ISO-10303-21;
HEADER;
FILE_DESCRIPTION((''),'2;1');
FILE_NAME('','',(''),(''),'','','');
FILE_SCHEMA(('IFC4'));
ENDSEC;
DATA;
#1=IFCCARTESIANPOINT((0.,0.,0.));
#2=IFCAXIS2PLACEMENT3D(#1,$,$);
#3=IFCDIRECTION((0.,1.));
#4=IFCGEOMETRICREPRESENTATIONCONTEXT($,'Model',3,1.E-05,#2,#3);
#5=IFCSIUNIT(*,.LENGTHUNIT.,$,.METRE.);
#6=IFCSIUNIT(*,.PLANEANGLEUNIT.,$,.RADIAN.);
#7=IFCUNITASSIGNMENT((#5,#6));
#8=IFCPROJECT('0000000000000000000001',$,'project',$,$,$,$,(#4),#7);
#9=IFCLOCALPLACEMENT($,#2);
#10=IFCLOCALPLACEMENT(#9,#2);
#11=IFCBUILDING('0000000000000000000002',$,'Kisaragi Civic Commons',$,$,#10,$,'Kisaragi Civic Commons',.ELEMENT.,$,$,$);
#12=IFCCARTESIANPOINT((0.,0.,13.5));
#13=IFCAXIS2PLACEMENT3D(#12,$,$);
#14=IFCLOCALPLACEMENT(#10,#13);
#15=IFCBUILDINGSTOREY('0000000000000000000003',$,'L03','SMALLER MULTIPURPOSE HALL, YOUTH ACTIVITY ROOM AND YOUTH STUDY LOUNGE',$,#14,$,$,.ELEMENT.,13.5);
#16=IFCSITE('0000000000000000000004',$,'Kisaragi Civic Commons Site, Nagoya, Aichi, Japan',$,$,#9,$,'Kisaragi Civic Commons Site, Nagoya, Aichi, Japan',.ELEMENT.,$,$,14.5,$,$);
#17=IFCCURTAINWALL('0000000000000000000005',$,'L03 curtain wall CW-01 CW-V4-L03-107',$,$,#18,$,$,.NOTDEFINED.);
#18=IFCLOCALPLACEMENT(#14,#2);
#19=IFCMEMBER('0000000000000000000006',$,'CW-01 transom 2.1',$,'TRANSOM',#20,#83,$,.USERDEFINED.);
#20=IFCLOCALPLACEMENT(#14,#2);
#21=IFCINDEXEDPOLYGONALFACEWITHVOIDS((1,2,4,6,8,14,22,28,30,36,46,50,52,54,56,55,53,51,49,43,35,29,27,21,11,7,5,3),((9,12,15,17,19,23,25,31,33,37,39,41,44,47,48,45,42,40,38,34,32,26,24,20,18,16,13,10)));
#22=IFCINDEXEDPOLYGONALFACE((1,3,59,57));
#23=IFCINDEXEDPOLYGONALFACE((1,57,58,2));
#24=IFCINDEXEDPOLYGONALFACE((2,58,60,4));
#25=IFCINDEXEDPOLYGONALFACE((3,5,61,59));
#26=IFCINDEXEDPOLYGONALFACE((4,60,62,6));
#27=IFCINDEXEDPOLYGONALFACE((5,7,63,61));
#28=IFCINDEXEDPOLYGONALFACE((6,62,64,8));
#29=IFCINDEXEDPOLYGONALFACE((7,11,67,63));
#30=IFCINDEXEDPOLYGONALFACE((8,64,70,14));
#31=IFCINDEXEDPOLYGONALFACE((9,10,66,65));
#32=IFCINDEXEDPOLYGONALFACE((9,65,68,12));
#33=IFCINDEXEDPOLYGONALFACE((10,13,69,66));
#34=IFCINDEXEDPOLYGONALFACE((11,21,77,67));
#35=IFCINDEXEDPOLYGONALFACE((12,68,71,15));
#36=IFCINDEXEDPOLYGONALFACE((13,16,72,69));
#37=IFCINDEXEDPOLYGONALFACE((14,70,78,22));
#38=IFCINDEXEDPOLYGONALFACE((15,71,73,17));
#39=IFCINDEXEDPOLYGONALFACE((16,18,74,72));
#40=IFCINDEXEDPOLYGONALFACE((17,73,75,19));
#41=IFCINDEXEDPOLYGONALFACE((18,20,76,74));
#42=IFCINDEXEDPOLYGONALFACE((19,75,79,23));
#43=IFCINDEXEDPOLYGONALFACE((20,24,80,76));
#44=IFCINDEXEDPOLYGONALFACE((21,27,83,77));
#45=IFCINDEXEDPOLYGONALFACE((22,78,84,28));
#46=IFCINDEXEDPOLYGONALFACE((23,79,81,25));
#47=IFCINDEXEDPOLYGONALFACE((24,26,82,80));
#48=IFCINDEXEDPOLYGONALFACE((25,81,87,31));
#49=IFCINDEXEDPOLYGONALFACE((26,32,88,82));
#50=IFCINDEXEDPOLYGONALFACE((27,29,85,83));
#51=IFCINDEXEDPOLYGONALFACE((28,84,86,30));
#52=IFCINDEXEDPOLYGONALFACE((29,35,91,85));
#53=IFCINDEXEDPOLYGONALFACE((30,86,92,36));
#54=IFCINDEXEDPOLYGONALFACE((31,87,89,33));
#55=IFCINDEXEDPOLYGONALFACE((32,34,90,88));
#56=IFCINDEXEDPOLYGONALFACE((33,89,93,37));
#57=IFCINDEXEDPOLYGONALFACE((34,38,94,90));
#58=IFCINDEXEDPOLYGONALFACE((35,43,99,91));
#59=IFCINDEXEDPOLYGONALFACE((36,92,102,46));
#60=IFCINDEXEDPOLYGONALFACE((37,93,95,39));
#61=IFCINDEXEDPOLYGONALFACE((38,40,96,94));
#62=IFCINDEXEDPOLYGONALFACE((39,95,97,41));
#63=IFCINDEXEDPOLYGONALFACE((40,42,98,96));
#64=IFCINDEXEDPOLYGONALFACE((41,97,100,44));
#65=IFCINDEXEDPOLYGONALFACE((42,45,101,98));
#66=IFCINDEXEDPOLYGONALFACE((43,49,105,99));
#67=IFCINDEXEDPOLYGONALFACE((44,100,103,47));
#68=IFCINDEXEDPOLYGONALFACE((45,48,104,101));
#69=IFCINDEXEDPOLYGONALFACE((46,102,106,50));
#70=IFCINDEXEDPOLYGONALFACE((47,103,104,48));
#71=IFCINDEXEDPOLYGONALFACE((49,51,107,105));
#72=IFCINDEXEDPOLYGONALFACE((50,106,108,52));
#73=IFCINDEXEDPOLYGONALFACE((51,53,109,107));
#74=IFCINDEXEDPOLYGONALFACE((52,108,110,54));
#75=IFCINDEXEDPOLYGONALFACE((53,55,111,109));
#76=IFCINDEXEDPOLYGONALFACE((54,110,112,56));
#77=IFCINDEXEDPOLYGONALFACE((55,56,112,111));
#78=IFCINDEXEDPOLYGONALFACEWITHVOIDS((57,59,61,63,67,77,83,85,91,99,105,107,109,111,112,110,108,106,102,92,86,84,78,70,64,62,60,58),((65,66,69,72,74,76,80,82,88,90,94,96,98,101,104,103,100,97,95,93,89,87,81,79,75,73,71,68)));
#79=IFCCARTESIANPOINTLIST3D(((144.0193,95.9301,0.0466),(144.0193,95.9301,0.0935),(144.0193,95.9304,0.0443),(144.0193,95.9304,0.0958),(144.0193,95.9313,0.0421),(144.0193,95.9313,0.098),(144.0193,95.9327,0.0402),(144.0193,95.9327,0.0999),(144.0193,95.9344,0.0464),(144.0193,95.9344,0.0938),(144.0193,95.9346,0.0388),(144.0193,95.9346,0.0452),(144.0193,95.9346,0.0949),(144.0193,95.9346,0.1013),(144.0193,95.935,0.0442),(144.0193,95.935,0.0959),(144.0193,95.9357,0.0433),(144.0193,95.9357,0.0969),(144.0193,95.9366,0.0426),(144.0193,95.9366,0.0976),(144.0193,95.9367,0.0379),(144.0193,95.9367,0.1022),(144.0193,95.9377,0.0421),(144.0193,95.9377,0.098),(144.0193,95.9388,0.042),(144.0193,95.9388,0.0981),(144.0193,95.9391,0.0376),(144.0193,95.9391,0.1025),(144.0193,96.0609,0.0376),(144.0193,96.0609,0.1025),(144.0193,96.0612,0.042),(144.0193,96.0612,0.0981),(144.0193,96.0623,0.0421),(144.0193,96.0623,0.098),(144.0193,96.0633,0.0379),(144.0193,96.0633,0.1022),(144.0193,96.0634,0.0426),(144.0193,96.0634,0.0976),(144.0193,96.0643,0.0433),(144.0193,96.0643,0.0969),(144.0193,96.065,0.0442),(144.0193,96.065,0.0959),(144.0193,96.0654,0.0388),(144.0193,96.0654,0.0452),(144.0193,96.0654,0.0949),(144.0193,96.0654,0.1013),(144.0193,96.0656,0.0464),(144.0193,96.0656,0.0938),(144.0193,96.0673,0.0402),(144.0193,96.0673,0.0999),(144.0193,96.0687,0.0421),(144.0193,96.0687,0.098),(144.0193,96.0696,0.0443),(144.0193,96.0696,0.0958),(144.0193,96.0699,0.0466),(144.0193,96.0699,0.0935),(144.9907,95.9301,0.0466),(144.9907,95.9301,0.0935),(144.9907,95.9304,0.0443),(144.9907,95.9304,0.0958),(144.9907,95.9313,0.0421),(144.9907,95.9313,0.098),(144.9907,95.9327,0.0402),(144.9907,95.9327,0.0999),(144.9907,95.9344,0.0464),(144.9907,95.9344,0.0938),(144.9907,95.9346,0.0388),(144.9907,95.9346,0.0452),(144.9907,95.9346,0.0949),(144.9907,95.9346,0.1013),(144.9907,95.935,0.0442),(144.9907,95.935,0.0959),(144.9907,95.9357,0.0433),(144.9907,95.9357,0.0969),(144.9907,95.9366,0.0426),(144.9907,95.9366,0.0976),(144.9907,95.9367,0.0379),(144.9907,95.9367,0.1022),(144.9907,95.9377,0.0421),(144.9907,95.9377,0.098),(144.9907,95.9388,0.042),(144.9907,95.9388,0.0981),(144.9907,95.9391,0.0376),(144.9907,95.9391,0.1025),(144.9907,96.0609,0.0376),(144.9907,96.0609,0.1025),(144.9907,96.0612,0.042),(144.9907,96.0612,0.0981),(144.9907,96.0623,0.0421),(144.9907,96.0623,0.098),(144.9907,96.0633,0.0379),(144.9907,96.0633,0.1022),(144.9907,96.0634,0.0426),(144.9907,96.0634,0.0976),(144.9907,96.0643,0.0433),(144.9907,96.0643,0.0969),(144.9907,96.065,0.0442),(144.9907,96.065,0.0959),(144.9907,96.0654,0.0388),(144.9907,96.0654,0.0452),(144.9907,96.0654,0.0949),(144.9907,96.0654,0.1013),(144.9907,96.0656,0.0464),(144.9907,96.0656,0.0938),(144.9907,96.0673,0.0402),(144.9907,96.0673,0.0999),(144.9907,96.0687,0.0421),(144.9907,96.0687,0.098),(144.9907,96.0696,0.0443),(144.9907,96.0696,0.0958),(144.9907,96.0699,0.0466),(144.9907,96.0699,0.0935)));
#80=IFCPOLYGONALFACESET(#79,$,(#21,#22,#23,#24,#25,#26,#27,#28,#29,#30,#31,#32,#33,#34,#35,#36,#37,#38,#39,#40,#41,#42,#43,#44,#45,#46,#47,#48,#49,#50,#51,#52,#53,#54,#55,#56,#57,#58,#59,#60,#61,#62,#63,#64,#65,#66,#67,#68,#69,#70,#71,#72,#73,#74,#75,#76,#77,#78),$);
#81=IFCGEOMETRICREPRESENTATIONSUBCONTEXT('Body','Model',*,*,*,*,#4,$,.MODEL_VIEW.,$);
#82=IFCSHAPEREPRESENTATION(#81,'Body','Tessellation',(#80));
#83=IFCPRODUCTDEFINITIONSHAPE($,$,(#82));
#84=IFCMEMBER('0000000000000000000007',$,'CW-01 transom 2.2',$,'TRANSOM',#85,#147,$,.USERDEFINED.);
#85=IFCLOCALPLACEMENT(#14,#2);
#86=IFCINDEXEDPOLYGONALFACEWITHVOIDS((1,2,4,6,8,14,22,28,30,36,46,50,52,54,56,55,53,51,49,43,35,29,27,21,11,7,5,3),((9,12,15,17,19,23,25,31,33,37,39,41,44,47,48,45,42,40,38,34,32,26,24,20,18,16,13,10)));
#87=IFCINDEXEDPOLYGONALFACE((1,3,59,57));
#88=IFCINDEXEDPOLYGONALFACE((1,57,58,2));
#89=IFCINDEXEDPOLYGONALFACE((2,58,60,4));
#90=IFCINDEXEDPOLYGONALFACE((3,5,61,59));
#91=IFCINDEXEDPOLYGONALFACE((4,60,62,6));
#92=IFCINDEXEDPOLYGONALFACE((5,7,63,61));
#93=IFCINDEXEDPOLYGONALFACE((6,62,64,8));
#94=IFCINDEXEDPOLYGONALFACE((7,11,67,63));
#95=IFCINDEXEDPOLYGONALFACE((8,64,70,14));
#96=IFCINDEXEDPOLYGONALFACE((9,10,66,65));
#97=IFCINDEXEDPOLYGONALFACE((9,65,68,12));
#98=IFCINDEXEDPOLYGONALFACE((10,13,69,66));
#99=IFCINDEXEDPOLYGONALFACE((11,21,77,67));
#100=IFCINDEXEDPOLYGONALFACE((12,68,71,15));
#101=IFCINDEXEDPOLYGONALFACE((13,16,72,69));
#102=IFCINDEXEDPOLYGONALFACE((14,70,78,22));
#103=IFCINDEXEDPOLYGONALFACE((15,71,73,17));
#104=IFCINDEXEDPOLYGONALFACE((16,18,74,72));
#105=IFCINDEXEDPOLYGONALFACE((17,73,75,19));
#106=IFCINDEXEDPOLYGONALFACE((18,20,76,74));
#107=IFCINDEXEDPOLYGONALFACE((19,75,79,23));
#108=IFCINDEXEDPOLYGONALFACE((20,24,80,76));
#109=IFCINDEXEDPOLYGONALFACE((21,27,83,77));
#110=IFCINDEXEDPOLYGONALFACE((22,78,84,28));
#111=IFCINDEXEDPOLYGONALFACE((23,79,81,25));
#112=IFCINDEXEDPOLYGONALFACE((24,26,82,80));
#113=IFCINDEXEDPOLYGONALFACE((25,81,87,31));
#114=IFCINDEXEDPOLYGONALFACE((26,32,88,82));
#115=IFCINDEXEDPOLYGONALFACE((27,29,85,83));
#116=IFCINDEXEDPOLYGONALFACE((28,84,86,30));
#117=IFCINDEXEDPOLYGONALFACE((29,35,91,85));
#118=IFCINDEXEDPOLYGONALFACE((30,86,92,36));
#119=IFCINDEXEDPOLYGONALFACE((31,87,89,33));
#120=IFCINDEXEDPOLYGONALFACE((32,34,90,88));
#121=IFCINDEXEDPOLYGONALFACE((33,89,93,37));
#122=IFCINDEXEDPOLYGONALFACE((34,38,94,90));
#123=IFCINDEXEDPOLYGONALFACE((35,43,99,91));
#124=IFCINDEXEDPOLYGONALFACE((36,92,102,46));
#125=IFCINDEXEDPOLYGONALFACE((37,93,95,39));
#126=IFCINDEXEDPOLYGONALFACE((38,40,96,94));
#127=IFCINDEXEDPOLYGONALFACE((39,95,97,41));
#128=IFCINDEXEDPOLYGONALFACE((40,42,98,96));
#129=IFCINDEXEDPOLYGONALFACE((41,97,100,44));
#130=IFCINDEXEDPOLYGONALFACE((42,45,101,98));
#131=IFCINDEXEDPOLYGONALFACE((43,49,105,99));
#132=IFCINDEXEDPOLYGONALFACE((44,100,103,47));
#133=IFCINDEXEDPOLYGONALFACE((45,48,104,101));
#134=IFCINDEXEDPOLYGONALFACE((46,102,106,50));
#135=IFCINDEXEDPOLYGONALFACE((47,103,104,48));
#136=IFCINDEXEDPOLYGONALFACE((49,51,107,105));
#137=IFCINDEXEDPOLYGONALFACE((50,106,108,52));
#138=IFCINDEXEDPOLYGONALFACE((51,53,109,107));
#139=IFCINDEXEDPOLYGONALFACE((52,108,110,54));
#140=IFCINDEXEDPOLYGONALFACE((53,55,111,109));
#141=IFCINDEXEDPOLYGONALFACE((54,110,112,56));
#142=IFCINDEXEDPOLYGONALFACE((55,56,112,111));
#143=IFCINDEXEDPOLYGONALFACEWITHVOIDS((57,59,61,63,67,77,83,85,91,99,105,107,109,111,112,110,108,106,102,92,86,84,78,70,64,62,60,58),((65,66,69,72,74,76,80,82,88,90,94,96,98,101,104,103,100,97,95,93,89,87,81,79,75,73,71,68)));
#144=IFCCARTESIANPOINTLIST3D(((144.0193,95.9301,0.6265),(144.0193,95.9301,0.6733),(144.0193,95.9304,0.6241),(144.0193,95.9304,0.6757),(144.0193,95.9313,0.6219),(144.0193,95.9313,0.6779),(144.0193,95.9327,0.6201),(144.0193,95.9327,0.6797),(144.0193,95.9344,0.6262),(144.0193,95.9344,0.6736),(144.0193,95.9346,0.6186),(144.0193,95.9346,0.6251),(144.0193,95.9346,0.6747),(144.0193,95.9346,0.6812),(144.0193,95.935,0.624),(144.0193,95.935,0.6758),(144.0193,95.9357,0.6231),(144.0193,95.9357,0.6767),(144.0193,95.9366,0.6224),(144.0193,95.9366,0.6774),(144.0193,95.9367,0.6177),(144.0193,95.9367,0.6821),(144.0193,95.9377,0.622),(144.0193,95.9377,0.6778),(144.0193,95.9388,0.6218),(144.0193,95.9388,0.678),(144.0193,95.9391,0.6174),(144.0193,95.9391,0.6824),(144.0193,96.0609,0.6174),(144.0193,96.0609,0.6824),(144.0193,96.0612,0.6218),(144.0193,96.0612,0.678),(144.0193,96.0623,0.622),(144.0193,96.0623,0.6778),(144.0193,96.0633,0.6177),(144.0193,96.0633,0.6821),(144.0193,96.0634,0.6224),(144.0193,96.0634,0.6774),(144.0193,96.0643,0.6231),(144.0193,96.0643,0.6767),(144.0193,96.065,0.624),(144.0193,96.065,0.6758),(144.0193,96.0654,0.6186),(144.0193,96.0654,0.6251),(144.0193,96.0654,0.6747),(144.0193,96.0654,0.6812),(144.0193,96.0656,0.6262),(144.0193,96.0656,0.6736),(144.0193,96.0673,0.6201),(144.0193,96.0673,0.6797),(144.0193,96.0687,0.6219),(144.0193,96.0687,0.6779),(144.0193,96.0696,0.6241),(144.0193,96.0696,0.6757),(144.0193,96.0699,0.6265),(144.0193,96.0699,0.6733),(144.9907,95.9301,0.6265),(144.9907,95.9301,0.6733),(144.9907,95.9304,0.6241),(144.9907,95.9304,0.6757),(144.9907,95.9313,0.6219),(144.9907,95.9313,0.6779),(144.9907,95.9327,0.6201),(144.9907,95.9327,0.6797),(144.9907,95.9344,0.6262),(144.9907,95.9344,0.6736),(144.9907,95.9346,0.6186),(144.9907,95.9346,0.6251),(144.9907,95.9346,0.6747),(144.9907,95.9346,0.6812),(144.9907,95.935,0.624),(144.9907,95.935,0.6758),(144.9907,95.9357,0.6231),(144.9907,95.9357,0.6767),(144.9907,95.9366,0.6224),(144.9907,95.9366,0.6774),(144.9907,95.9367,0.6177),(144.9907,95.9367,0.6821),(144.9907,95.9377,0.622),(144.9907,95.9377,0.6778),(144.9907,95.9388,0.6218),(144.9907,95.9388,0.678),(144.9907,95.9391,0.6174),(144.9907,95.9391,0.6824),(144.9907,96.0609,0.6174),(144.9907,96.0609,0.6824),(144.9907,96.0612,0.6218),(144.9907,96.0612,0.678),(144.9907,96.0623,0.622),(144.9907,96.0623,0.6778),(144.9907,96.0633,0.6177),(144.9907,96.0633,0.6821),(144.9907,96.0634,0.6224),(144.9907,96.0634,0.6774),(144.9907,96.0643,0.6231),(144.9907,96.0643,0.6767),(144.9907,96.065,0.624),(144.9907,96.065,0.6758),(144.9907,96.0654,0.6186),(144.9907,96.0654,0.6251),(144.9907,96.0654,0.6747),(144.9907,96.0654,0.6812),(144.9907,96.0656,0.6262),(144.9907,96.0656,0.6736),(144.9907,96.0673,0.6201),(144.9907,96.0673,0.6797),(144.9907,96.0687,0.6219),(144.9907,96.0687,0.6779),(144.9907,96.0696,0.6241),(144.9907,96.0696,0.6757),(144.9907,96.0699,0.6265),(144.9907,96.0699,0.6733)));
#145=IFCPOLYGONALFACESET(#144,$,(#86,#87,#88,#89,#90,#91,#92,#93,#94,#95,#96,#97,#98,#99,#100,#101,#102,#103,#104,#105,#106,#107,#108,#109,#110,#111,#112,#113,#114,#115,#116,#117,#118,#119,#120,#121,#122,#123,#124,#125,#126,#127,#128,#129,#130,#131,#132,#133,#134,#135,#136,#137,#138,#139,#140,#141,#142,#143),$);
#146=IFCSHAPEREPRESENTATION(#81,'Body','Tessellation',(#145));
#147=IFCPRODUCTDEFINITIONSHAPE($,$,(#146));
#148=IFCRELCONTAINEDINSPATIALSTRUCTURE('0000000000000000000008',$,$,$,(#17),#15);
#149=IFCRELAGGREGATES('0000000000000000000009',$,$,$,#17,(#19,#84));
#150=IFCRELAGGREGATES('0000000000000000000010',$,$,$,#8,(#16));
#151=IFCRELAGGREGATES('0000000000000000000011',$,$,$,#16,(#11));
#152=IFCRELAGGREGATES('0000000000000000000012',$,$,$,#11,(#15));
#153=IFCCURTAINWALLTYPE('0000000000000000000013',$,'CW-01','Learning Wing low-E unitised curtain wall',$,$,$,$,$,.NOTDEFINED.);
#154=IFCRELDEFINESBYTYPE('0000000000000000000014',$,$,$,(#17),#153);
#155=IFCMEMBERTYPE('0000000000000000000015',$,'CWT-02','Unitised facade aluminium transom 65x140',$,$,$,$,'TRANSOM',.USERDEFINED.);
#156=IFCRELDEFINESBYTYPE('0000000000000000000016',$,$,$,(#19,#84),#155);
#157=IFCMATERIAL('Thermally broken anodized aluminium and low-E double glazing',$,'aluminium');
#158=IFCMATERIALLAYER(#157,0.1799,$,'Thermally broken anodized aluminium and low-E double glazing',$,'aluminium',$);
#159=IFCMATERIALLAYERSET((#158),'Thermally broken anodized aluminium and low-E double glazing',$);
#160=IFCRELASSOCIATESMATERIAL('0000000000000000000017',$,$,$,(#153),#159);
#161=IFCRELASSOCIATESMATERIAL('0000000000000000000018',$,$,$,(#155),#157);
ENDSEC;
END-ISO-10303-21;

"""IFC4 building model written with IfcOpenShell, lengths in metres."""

from ifc_helpers import new_model, si_unit, direction, frame, origin, origin_2d, place, context, subcontext, project, spatial, hollow_rectangle, extrude, material, layer, layer_set, material_profile, profile_set, type_object, element, aggregate, save


model = new_model("IFC4")

# Units and contexts
model_context = context("Model", 3, precision=1e-05, world=origin(), true_north=direction((0.0, 1.0)))
body_context = subcontext(model_context, "Body", "Model", "MODEL_VIEW")
ifc_project = project(units=[si_unit("LENGTHUNIT", "METRE"), si_unit("PLANEANGLEUNIT", "RADIAN")], contexts=[model_context])

# Site, building, storey
site_placement = place(None, origin())
site = spatial("IfcSite", under=ifc_project, at=site_placement, Name="Kisaragi Civic Commons Site, Nagoya, Aichi, Japan", LongName="Kisaragi Civic Commons Site, Nagoya, Aichi, Japan", CompositionType="ELEMENT", RefElevation=14.5)
building_placement = place(site_placement, origin())
building = spatial("IfcBuilding", under=site, at=building_placement, Name="Kisaragi Civic Commons", LongName="Kisaragi Civic Commons", CompositionType="ELEMENT")
storey_placement = place(building_placement, frame((0.0, 0.0, 13.5)))
storey = spatial("IfcBuildingStorey", under=building, at=storey_placement, Name="L03", Description="SMALLER MULTIPURPOSE HALL, YOUTH ACTIVITY ROOM AND YOUTH STUDY LOUNGE", CompositionType="ELEMENT", Elevation=13.5)

# Shared definitions
ifc_material_1 = material(Name="Thermally broken anodized aluminium and low-E double glazing", Category="aluminium")
ifc_layer_1 = layer(ifc_material_1, 0.1799, Name="Thermally broken anodized aluminium and low-E double glazing", Category="aluminium")
ifc_layer_set_1 = layer_set([ifc_layer_1], Name="Thermally broken anodized aluminium and low-E double glazing")
curtain_wall_type = type_object("IfcCurtainWallType", Name="CW-01", Description="Learning Wing low-E unitised curtain wall", PredefinedType="NOTDEFINED", material=ifc_layer_set_1)

# Curtain wall, members
curtain_wall_1_placement = place(storey_placement, origin())
curtain_wall_1 = element("IfcCurtainWall", 1, at=curtain_wall_1_placement, inside=storey, type_object=curtain_wall_type, Name="L03 curtain wall CW-01 CW-V4-L03-107", PredefinedType="NOTDEFINED")
ifc_material_profile_1 = material_profile(ifc_material_1, hollow_rectangle(XDim=0.1399, YDim=0.0649, WallThickness=0.0044, InnerFilletRadius=0.0044, OuterFilletRadius=0.009, at=origin_2d()), Name="CWT-65x140x4.5", Category="aluminium")
ifc_profile_set_1 = profile_set([ifc_material_profile_1], Name="Thermally broken anodized aluminium and low-E double glazing")
member_type_1 = type_object("IfcMemberType", Name="CWT-02", Description="Unitised facade aluminium transom 65x140", ElementType="TRANSOM", PredefinedType="USERDEFINED", material=ifc_profile_set_1)
member_1_placement = place(storey_placement, frame((144.9907, 96.0, 0.0701), z_axis=(-1.0, 0.0, 0.0), x_axis=(0.0, -1.0, 0.0)))
member_1 = element("IfcMember", 2, at=member_1_placement, type_object=member_type_1, Name="CW-01 transom 2.1", ObjectType="TRANSOM", PredefinedType="USERDEFINED", context=body_context, shape_type="SweptSolid", body=[
    extrude(hollow_rectangle(XDim=0.1399, YDim=0.0649, WallThickness=0.0044, InnerFilletRadius=0.0044, OuterFilletRadius=0.009, at=origin_2d()), origin(), (0.0, 0.0, 1.0), 0.9714),
])
member_2_placement = place(storey_placement, frame((144.9907, 96.0, 0.6499), z_axis=(-1.0, 0.0, 0.0), x_axis=(0.0, -1.0, 0.0)))
member_2 = element("IfcMember", 3, at=member_2_placement, type_object=member_type_1, Name="CW-01 transom 2.2", ObjectType="TRANSOM", PredefinedType="USERDEFINED", context=body_context, shape_type="SweptSolid", body=[
    extrude(hollow_rectangle(XDim=0.1399, YDim=0.0649, WallThickness=0.0044, InnerFilletRadius=0.0044, OuterFilletRadius=0.009, at=origin_2d()), origin(), (0.0, 0.0, 1.0), 0.9714),
])

aggregate(curtain_wall_1, [member_1, member_2])

save(model, "model.ifc")
